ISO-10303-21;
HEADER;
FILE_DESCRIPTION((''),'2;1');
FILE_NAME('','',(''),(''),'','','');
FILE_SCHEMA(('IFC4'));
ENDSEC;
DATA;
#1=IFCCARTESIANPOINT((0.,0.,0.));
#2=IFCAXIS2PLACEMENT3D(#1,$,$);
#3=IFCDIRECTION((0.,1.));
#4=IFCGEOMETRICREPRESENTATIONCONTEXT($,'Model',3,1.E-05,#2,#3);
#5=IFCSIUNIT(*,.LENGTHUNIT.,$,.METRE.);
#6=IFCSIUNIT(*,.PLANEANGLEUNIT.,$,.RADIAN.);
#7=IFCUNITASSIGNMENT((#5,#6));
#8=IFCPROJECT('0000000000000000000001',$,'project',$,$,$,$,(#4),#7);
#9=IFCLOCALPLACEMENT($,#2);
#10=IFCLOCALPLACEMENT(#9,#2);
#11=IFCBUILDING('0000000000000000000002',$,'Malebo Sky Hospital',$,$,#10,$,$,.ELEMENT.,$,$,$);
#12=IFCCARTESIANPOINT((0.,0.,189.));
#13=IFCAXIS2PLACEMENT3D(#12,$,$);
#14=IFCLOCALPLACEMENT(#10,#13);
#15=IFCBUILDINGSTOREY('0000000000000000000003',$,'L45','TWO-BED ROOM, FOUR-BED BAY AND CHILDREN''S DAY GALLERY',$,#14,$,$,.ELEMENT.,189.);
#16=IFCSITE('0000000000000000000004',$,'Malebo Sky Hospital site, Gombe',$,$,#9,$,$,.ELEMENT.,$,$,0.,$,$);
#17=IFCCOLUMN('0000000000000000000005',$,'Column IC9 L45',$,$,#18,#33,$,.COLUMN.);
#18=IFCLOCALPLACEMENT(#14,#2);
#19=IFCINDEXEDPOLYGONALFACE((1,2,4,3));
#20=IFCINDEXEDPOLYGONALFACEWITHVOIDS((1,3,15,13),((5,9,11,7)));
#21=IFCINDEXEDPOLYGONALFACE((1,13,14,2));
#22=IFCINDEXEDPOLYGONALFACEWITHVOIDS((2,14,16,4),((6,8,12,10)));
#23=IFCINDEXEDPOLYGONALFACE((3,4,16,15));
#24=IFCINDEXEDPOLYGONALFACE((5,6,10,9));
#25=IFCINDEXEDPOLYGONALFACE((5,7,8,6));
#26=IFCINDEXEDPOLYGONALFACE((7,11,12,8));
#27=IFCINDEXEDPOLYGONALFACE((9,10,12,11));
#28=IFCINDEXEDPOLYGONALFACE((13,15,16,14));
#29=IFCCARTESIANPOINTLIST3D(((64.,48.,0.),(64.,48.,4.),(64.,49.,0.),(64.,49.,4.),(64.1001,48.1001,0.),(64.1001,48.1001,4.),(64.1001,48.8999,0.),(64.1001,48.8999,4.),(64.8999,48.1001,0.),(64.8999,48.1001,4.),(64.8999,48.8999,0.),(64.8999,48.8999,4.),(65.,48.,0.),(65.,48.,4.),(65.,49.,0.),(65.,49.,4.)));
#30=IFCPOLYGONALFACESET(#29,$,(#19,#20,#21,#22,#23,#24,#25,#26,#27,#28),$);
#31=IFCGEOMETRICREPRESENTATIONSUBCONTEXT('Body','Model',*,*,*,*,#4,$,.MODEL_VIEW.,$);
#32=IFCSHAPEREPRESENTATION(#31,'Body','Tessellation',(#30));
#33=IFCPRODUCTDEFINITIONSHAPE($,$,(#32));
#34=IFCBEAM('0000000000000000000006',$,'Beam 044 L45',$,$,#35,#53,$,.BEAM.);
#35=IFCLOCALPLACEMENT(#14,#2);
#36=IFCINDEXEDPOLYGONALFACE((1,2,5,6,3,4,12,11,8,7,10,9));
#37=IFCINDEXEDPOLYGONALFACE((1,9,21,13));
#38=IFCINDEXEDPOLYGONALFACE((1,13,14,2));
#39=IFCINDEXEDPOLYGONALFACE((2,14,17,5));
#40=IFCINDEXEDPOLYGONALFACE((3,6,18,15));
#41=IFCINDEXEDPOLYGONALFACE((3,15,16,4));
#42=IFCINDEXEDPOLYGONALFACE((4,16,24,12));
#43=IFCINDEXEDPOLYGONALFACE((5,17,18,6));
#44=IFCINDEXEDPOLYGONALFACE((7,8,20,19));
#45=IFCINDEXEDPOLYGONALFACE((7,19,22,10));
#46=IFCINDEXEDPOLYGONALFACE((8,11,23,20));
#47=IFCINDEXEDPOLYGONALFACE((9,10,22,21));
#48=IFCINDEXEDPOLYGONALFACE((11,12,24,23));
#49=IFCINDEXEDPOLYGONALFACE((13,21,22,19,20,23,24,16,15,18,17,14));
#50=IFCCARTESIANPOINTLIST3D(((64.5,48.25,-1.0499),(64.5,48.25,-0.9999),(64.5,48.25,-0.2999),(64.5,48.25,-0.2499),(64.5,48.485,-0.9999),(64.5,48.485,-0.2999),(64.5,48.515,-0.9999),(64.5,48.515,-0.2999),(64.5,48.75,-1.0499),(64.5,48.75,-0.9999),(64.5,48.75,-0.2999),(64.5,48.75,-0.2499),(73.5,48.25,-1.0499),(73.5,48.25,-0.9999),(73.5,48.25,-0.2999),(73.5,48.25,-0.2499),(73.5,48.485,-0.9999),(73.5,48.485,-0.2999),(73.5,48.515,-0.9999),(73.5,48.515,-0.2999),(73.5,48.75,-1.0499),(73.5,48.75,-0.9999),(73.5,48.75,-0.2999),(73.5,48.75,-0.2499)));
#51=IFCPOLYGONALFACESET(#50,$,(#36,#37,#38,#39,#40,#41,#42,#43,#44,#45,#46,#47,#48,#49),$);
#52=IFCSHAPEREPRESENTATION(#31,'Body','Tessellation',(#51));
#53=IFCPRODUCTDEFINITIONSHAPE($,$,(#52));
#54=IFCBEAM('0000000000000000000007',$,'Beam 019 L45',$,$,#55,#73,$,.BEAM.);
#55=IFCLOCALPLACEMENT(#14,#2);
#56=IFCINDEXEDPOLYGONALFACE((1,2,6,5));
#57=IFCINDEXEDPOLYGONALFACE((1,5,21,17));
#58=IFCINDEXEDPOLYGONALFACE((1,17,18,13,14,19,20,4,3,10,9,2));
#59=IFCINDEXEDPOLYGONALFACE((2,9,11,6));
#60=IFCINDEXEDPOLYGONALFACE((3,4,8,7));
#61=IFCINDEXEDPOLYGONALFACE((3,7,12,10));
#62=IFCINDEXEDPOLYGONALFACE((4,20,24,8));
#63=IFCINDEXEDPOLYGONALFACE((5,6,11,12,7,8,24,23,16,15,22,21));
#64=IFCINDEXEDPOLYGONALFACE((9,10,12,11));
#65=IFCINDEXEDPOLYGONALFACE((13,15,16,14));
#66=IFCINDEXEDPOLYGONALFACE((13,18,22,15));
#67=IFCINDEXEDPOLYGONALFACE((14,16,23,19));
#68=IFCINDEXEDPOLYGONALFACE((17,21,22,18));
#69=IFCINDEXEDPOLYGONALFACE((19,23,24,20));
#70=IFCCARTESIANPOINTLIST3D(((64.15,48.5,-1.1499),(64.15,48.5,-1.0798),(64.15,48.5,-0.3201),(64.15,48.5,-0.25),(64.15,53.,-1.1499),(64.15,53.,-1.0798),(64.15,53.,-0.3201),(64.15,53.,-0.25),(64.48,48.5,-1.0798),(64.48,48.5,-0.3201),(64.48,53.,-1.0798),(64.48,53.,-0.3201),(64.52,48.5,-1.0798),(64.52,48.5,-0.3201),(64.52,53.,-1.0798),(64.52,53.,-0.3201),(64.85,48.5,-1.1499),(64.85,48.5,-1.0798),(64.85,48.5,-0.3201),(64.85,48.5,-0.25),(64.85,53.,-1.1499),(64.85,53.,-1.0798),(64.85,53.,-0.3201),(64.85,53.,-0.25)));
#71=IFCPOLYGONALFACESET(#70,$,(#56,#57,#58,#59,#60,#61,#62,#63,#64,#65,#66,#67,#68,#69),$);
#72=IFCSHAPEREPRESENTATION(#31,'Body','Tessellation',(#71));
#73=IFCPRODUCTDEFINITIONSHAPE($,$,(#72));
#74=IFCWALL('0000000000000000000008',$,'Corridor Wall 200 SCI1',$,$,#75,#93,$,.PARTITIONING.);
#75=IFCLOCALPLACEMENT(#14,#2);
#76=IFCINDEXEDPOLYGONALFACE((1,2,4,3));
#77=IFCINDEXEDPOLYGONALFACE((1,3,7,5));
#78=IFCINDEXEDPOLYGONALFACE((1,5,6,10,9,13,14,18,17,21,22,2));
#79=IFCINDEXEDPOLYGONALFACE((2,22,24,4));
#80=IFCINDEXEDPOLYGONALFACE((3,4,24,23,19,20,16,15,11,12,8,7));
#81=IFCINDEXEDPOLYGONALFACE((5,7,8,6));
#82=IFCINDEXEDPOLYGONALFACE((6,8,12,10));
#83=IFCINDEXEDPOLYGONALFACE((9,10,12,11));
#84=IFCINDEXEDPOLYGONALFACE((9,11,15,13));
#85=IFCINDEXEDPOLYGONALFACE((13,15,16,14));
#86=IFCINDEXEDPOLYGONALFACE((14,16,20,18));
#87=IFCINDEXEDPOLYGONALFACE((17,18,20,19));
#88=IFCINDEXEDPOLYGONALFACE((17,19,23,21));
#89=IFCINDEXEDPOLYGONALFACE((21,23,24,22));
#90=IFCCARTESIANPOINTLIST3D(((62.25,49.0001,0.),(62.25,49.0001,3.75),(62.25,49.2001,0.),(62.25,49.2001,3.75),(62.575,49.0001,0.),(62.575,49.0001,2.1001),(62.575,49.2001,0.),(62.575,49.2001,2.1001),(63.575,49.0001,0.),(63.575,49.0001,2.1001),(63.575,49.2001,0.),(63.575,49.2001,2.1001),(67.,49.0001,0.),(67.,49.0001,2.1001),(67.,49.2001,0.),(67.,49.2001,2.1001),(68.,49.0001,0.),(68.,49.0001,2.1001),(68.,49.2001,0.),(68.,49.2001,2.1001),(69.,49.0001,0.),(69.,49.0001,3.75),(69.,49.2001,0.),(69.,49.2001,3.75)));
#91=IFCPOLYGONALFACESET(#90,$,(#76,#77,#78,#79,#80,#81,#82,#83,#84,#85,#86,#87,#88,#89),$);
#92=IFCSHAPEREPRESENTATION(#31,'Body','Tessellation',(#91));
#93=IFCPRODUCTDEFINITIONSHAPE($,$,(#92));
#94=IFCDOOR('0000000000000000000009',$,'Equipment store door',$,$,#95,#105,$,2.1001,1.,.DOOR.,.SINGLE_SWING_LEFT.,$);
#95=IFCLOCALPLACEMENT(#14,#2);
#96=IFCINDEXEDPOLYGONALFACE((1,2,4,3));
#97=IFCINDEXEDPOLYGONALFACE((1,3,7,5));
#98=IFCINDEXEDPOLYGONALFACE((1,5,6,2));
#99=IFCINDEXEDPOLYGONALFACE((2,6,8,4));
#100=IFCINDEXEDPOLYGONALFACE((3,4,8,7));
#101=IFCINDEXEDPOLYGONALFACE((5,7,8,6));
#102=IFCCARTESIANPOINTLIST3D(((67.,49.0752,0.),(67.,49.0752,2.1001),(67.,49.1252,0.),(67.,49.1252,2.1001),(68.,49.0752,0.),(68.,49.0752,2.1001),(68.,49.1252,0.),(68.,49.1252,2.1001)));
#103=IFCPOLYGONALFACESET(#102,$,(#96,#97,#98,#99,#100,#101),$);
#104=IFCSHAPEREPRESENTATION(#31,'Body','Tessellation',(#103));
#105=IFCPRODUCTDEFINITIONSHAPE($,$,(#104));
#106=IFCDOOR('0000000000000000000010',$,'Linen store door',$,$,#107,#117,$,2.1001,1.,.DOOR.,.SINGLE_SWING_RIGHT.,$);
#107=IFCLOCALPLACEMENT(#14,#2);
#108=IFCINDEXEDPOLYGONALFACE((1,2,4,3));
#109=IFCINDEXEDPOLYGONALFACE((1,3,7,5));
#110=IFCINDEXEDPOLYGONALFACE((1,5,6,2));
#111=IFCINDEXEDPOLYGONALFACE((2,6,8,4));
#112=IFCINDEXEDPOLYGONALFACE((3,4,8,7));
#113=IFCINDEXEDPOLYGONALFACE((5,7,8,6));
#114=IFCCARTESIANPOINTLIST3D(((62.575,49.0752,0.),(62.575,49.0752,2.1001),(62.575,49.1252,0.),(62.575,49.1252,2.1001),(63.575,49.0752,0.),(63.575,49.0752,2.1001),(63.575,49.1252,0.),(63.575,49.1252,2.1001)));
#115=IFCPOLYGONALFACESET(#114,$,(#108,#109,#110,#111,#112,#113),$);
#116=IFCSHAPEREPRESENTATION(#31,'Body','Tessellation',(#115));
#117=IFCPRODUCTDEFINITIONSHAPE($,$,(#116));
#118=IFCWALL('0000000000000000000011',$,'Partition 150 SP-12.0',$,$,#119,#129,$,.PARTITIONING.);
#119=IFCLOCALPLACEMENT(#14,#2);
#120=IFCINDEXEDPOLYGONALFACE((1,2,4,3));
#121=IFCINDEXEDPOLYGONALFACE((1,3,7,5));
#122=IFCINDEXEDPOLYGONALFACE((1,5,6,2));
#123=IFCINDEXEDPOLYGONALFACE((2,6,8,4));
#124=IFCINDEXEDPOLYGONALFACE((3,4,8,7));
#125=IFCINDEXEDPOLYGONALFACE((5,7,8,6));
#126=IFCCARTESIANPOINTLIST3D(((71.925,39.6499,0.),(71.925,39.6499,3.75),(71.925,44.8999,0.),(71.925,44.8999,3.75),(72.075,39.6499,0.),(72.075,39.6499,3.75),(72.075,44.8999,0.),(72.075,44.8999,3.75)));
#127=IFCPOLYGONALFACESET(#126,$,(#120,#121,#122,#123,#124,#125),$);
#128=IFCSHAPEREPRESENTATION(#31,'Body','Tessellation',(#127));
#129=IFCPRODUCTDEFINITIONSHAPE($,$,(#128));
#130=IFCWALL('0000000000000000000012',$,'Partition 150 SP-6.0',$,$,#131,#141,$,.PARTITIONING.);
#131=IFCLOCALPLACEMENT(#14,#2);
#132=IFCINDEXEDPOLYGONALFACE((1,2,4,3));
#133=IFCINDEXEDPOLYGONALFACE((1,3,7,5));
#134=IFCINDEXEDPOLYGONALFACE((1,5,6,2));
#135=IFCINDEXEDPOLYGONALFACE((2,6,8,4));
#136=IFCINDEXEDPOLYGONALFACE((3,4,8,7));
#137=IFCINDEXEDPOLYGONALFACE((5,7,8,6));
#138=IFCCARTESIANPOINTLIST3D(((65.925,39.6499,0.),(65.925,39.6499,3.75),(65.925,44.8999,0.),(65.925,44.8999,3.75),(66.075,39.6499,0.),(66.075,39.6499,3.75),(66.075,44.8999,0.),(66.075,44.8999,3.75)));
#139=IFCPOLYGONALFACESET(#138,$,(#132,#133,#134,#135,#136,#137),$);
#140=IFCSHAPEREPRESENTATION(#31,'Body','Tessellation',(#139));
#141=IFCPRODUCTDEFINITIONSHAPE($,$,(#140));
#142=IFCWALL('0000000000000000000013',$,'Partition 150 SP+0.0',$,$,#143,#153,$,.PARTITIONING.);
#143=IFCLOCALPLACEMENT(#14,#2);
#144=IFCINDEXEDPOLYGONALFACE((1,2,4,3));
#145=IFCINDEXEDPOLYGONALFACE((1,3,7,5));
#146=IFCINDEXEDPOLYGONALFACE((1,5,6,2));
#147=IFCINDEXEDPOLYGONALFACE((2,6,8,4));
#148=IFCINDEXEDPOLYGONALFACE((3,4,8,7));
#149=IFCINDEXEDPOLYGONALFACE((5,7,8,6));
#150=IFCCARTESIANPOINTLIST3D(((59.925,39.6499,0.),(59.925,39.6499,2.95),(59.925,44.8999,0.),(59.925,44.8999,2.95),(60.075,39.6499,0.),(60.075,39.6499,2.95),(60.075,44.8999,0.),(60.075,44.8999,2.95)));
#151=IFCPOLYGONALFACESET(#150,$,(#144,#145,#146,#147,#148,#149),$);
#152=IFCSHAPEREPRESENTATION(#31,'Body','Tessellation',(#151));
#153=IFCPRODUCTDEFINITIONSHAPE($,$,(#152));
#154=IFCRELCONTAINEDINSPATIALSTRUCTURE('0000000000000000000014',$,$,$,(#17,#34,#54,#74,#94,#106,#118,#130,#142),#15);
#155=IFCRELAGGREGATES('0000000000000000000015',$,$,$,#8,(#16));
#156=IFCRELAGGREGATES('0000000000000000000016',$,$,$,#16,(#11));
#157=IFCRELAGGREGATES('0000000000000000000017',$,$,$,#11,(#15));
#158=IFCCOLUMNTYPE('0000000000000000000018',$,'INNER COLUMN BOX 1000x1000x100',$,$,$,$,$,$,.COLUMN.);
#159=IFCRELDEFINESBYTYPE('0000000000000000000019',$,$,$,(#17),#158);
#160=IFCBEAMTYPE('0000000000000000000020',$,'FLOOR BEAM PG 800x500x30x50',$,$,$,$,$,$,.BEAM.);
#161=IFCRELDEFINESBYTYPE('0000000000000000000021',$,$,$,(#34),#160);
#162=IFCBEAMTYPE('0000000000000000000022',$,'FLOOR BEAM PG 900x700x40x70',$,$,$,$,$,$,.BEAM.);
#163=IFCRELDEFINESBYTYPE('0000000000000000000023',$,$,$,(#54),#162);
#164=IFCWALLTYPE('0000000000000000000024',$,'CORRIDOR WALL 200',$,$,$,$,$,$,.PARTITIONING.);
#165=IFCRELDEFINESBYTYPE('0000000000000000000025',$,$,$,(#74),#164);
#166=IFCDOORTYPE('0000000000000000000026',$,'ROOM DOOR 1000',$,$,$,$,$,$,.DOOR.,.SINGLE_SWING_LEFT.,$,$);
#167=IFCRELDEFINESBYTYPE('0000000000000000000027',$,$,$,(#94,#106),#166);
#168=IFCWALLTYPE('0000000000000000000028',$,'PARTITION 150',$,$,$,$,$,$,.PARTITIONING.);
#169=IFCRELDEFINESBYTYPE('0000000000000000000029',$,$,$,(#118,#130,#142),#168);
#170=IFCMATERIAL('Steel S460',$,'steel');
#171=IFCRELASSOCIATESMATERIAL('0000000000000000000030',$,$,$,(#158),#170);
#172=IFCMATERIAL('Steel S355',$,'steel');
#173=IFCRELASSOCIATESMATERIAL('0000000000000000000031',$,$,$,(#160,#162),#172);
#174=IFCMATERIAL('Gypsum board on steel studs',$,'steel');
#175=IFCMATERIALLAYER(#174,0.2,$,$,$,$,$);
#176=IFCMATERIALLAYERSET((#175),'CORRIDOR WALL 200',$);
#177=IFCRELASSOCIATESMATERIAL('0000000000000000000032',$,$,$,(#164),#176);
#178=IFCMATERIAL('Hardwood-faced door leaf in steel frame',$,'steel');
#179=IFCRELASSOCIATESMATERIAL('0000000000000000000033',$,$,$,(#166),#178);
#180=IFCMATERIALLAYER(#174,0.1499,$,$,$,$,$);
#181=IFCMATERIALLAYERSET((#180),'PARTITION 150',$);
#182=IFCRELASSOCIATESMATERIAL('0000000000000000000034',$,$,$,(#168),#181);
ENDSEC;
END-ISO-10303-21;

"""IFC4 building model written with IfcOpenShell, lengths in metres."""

from ifc_helpers import new_model, si_unit, direction, frame, frame_2d, origin, origin_2d, place, context, subcontext, project, spatial, rectangle, hollow_rectangle, i_section, extrude, material, layer, layer_set, material_profile, profile_set, type_object, element, fill, save


model = new_model("IFC4")

# Units and contexts
model_context = context("Model", 3, precision=1e-05, world=origin(), true_north=direction((0.0, 1.0)))
body_context = subcontext(model_context, "Body", "Model", "MODEL_VIEW")
ifc_project = project(units=[si_unit("LENGTHUNIT", "METRE"), si_unit("PLANEANGLEUNIT", "RADIAN")], contexts=[model_context])

# Site, building, storey
site_placement = place(None, origin())
site = spatial("IfcSite", under=ifc_project, at=site_placement, Name="Malebo Sky Hospital site, Gombe", CompositionType="ELEMENT", RefElevation=0.0)
building_placement = place(site_placement, origin())
building = spatial("IfcBuilding", under=site, at=building_placement, Name="Malebo Sky Hospital", CompositionType="ELEMENT")
storey_placement = place(building_placement, frame((0.0, 0.0, 189.0)))
storey = spatial("IfcBuildingStorey", under=building, at=storey_placement, Name="L45", Description="TWO-BED ROOM, FOUR-BED BAY AND CHILDREN'S DAY GALLERY", CompositionType="ELEMENT", Elevation=189.0)

# Column
ifc_material_1 = material(Name="Steel S460", Category="steel")
ifc_material_profile_1 = material_profile(ifc_material_1, hollow_rectangle(XDim=1.0, YDim=1.0, WallThickness=0.1001, at=origin_2d()), Name="BOX 1000x1000x100")
ifc_profile_set_1 = profile_set([ifc_material_profile_1], Name="Steel S460")
column_type = type_object("IfcColumnType", Name="INNER COLUMN BOX 1000x1000x100", PredefinedType="COLUMN", material=ifc_profile_set_1)
column_placement = place(storey_placement, frame((64.5, 48.5, 0.0), z_axis=(0.0, 0.0, 1.0), x_axis=(1.0, 0.0, 0.0)))
element("IfcColumn", 1, at=column_placement, inside=storey, type_object=column_type, Name="Column IC9 L45", PredefinedType="COLUMN", context=body_context, shape_type="SweptSolid", body=[
    extrude(hollow_rectangle(XDim=1.0, YDim=1.0, WallThickness=0.1001, at=origin_2d()), origin(), (0.0, 0.0, 1.0), 4.0),
])

# Beams
ifc_material_2 = material(Name="Steel S355", Category="steel")
ifc_material_profile_2 = material_profile(ifc_material_2, i_section(OverallWidth=0.5, OverallDepth=0.8, WebThickness=0.03, FlangeThickness=0.05, at=origin_2d()), Name="PG 800x500x30x50")
ifc_profile_set_2 = profile_set([ifc_material_profile_2], Name="Steel S355")
beam_type_1 = type_object("IfcBeamType", Name="FLOOR BEAM PG 800x500x30x50", PredefinedType="BEAM", material=ifc_profile_set_2)
beam_1_placement = place(storey_placement, frame((64.5, 48.5, -0.6499), z_axis=(1.0, 0.0, 0.0), x_axis=(0.0, 1.0, 0.0)))
element("IfcBeam", 2, at=beam_1_placement, inside=storey, type_object=beam_type_1, Name="Beam 044 L45", PredefinedType="BEAM", context=body_context, shape_type="SweptSolid", body=[
    extrude(i_section(OverallWidth=0.5, OverallDepth=0.8, WebThickness=0.03, FlangeThickness=0.05, at=origin_2d()), origin(), (0.0, 0.0, 1.0), 9.0),
])
ifc_material_profile_3 = material_profile(ifc_material_2, i_section(OverallWidth=0.7, OverallDepth=0.8999, WebThickness=0.04, FlangeThickness=0.0701, at=origin_2d()), Name="PG 900x700x40x70")
ifc_profile_set_3 = profile_set([ifc_material_profile_3], Name="Steel S355")
beam_type_2 = type_object("IfcBeamType", Name="FLOOR BEAM PG 900x700x40x70", PredefinedType="BEAM", material=ifc_profile_set_3)
beam_2_placement = place(storey_placement, frame((64.5, 48.5, -0.7), z_axis=(0.0, 1.0, 0.0), x_axis=(-1.0, 0.0, 0.0)))
element("IfcBeam", 3, at=beam_2_placement, inside=storey, type_object=beam_type_2, Name="Beam 019 L45", PredefinedType="BEAM", context=body_context, shape_type="SweptSolid", body=[
    extrude(i_section(OverallWidth=0.7, OverallDepth=0.8999, WebThickness=0.04, FlangeThickness=0.0701, at=origin_2d()), origin(), (0.0, 0.0, 1.0), 4.5),
])

# Wall, openings, doors
ifc_material_3 = material(Name="Gypsum board on steel studs", Category="steel")
ifc_layer_1 = layer(ifc_material_3, 0.2)
ifc_layer_set_1 = layer_set([ifc_layer_1], Name="CORRIDOR WALL 200")
wall_type_1 = type_object("IfcWallType", Name="CORRIDOR WALL 200", PredefinedType="PARTITIONING", material=ifc_layer_set_1)
wall_1_placement = place(storey_placement, frame((69.0, 49.1001, 0.0), z_axis=(0.0, 0.0, 1.0), x_axis=(-1.0, 0.0, 0.0)))
wall_1 = element("IfcWall", 4, at=wall_1_placement, inside=storey, type_object=wall_type_1, Name="Corridor Wall 200 SCI1", PredefinedType="PARTITIONING", context=body_context, shape_type="SweptSolid", body=[
    extrude(rectangle(XDim=6.75, YDim=0.2, at=frame_2d((3.375, 0.0))), origin(), (0.0, 0.0, 1.0), 3.75),
])
opening_1_placement = place(wall_1_placement, frame((1.0, 0.0, 0.0)))
opening_1 = element("IfcOpeningElement", 5, at=opening_1_placement, cuts=wall_1, PredefinedType="OPENING", context=body_context, shape_type="SweptSolid", body=[
    extrude(rectangle(XDim=1.0, YDim=2.1001, at=frame_2d((0.5, 1.05))), frame((0.0, 0.1099, 0.0), z_axis=(0.0, -1.0, 0.0), x_axis=(1.0, 0.0, 0.0)), (0.0, 0.0, 1.0), 0.22),
])
opening_2_placement = place(wall_1_placement, frame((5.425, 0.0, 0.0)))
opening_2 = element("IfcOpeningElement", 6, at=opening_2_placement, cuts=wall_1, PredefinedType="OPENING", context=body_context, shape_type="SweptSolid", body=[
    extrude(rectangle(XDim=1.0, YDim=2.1001, at=frame_2d((0.5, 1.05))), frame((0.0, 0.1099, 0.0), z_axis=(0.0, -1.0, 0.0), x_axis=(1.0, 0.0, 0.0)), (0.0, 0.0, 1.0), 0.22),
])
ifc_material_4 = material(Name="Hardwood-faced door leaf in steel frame", Category="steel")
door_type_1 = type_object("IfcDoorType", Name="ROOM DOOR 1000", OperationType="SINGLE_SWING_LEFT", PredefinedType="DOOR", material=ifc_material_4)
door_1_placement = place(opening_1_placement, origin())
door_1 = element("IfcDoor", 7, at=door_1_placement, inside=storey, type_object=door_type_1, Name="Equipment store door", OperationType="SINGLE_SWING_LEFT", OverallHeight=2.1001, OverallWidth=1.0, PredefinedType="DOOR", context=body_context, shape_type="SweptSolid", body=[
    extrude(rectangle(XDim=1.0, YDim=2.1001, at=frame_2d((0.5, 1.05))), frame((0.0, 0.0249, 0.0), z_axis=(0.0, -1.0, 0.0), x_axis=(1.0, 0.0, 0.0)), (0.0, 0.0, 1.0), 0.05),
])
fill(opening_1, door_1)
door_2_placement = place(opening_2_placement, origin())
door_2 = element("IfcDoor", 8, at=door_2_placement, inside=storey, type_object=door_type_1, Name="Linen store door", OperationType="SINGLE_SWING_RIGHT", OverallHeight=2.1001, OverallWidth=1.0, PredefinedType="DOOR", context=body_context, shape_type="SweptSolid", body=[
    extrude(rectangle(XDim=1.0, YDim=2.1001, at=frame_2d((0.5, 1.05))), frame((0.0, 0.0249, 0.0), z_axis=(0.0, -1.0, 0.0), x_axis=(1.0, 0.0, 0.0)), (0.0, 0.0, 1.0), 0.05),
])
fill(opening_2, door_2)

# Walls
ifc_layer_2 = layer(ifc_material_3, 0.1499)
ifc_layer_set_2 = layer_set([ifc_layer_2], Name="PARTITION 150")
wall_type_2 = type_object("IfcWallType", Name="PARTITION 150", PredefinedType="PARTITIONING", material=ifc_layer_set_2)
for number, where, z_axis, x_axis, name in (
    (9, (72.0, 44.8999, 0.0), (0.0, 0.0, 1.0), (0.0, -1.0, 0.0), "Partition 150 SP-12.0"),
    (10, (66.0, 44.8999, 0.0), (0.0, 0.0, 1.0), (0.0, -1.0, 0.0), "Partition 150 SP-6.0"),
):
    element("IfcWall", number, at=place(storey_placement, frame(where, z_axis=z_axis, x_axis=x_axis)), inside=storey, type_object=wall_type_2, Name=name, PredefinedType="PARTITIONING", context=body_context, shape_type="SweptSolid", body=[
        extrude(rectangle(XDim=5.25, YDim=0.1499, at=frame_2d((2.625, 0.0))), origin(), (0.0, 0.0, 1.0), 3.75),
    ])
wall_2_placement = place(storey_placement, frame((60.0, 44.8999, 0.0), z_axis=(0.0, 0.0, 1.0), x_axis=(0.0, -1.0, 0.0)))
element("IfcWall", 11, at=wall_2_placement, inside=storey, type_object=wall_type_2, Name="Partition 150 SP+0.0", PredefinedType="PARTITIONING", context=body_context, shape_type="SweptSolid", body=[
    extrude(rectangle(XDim=5.25, YDim=0.1499, at=frame_2d((2.625, 0.0))), origin(), (0.0, 0.0, 1.0), 2.95),
])

save(model, "model.ifc")
